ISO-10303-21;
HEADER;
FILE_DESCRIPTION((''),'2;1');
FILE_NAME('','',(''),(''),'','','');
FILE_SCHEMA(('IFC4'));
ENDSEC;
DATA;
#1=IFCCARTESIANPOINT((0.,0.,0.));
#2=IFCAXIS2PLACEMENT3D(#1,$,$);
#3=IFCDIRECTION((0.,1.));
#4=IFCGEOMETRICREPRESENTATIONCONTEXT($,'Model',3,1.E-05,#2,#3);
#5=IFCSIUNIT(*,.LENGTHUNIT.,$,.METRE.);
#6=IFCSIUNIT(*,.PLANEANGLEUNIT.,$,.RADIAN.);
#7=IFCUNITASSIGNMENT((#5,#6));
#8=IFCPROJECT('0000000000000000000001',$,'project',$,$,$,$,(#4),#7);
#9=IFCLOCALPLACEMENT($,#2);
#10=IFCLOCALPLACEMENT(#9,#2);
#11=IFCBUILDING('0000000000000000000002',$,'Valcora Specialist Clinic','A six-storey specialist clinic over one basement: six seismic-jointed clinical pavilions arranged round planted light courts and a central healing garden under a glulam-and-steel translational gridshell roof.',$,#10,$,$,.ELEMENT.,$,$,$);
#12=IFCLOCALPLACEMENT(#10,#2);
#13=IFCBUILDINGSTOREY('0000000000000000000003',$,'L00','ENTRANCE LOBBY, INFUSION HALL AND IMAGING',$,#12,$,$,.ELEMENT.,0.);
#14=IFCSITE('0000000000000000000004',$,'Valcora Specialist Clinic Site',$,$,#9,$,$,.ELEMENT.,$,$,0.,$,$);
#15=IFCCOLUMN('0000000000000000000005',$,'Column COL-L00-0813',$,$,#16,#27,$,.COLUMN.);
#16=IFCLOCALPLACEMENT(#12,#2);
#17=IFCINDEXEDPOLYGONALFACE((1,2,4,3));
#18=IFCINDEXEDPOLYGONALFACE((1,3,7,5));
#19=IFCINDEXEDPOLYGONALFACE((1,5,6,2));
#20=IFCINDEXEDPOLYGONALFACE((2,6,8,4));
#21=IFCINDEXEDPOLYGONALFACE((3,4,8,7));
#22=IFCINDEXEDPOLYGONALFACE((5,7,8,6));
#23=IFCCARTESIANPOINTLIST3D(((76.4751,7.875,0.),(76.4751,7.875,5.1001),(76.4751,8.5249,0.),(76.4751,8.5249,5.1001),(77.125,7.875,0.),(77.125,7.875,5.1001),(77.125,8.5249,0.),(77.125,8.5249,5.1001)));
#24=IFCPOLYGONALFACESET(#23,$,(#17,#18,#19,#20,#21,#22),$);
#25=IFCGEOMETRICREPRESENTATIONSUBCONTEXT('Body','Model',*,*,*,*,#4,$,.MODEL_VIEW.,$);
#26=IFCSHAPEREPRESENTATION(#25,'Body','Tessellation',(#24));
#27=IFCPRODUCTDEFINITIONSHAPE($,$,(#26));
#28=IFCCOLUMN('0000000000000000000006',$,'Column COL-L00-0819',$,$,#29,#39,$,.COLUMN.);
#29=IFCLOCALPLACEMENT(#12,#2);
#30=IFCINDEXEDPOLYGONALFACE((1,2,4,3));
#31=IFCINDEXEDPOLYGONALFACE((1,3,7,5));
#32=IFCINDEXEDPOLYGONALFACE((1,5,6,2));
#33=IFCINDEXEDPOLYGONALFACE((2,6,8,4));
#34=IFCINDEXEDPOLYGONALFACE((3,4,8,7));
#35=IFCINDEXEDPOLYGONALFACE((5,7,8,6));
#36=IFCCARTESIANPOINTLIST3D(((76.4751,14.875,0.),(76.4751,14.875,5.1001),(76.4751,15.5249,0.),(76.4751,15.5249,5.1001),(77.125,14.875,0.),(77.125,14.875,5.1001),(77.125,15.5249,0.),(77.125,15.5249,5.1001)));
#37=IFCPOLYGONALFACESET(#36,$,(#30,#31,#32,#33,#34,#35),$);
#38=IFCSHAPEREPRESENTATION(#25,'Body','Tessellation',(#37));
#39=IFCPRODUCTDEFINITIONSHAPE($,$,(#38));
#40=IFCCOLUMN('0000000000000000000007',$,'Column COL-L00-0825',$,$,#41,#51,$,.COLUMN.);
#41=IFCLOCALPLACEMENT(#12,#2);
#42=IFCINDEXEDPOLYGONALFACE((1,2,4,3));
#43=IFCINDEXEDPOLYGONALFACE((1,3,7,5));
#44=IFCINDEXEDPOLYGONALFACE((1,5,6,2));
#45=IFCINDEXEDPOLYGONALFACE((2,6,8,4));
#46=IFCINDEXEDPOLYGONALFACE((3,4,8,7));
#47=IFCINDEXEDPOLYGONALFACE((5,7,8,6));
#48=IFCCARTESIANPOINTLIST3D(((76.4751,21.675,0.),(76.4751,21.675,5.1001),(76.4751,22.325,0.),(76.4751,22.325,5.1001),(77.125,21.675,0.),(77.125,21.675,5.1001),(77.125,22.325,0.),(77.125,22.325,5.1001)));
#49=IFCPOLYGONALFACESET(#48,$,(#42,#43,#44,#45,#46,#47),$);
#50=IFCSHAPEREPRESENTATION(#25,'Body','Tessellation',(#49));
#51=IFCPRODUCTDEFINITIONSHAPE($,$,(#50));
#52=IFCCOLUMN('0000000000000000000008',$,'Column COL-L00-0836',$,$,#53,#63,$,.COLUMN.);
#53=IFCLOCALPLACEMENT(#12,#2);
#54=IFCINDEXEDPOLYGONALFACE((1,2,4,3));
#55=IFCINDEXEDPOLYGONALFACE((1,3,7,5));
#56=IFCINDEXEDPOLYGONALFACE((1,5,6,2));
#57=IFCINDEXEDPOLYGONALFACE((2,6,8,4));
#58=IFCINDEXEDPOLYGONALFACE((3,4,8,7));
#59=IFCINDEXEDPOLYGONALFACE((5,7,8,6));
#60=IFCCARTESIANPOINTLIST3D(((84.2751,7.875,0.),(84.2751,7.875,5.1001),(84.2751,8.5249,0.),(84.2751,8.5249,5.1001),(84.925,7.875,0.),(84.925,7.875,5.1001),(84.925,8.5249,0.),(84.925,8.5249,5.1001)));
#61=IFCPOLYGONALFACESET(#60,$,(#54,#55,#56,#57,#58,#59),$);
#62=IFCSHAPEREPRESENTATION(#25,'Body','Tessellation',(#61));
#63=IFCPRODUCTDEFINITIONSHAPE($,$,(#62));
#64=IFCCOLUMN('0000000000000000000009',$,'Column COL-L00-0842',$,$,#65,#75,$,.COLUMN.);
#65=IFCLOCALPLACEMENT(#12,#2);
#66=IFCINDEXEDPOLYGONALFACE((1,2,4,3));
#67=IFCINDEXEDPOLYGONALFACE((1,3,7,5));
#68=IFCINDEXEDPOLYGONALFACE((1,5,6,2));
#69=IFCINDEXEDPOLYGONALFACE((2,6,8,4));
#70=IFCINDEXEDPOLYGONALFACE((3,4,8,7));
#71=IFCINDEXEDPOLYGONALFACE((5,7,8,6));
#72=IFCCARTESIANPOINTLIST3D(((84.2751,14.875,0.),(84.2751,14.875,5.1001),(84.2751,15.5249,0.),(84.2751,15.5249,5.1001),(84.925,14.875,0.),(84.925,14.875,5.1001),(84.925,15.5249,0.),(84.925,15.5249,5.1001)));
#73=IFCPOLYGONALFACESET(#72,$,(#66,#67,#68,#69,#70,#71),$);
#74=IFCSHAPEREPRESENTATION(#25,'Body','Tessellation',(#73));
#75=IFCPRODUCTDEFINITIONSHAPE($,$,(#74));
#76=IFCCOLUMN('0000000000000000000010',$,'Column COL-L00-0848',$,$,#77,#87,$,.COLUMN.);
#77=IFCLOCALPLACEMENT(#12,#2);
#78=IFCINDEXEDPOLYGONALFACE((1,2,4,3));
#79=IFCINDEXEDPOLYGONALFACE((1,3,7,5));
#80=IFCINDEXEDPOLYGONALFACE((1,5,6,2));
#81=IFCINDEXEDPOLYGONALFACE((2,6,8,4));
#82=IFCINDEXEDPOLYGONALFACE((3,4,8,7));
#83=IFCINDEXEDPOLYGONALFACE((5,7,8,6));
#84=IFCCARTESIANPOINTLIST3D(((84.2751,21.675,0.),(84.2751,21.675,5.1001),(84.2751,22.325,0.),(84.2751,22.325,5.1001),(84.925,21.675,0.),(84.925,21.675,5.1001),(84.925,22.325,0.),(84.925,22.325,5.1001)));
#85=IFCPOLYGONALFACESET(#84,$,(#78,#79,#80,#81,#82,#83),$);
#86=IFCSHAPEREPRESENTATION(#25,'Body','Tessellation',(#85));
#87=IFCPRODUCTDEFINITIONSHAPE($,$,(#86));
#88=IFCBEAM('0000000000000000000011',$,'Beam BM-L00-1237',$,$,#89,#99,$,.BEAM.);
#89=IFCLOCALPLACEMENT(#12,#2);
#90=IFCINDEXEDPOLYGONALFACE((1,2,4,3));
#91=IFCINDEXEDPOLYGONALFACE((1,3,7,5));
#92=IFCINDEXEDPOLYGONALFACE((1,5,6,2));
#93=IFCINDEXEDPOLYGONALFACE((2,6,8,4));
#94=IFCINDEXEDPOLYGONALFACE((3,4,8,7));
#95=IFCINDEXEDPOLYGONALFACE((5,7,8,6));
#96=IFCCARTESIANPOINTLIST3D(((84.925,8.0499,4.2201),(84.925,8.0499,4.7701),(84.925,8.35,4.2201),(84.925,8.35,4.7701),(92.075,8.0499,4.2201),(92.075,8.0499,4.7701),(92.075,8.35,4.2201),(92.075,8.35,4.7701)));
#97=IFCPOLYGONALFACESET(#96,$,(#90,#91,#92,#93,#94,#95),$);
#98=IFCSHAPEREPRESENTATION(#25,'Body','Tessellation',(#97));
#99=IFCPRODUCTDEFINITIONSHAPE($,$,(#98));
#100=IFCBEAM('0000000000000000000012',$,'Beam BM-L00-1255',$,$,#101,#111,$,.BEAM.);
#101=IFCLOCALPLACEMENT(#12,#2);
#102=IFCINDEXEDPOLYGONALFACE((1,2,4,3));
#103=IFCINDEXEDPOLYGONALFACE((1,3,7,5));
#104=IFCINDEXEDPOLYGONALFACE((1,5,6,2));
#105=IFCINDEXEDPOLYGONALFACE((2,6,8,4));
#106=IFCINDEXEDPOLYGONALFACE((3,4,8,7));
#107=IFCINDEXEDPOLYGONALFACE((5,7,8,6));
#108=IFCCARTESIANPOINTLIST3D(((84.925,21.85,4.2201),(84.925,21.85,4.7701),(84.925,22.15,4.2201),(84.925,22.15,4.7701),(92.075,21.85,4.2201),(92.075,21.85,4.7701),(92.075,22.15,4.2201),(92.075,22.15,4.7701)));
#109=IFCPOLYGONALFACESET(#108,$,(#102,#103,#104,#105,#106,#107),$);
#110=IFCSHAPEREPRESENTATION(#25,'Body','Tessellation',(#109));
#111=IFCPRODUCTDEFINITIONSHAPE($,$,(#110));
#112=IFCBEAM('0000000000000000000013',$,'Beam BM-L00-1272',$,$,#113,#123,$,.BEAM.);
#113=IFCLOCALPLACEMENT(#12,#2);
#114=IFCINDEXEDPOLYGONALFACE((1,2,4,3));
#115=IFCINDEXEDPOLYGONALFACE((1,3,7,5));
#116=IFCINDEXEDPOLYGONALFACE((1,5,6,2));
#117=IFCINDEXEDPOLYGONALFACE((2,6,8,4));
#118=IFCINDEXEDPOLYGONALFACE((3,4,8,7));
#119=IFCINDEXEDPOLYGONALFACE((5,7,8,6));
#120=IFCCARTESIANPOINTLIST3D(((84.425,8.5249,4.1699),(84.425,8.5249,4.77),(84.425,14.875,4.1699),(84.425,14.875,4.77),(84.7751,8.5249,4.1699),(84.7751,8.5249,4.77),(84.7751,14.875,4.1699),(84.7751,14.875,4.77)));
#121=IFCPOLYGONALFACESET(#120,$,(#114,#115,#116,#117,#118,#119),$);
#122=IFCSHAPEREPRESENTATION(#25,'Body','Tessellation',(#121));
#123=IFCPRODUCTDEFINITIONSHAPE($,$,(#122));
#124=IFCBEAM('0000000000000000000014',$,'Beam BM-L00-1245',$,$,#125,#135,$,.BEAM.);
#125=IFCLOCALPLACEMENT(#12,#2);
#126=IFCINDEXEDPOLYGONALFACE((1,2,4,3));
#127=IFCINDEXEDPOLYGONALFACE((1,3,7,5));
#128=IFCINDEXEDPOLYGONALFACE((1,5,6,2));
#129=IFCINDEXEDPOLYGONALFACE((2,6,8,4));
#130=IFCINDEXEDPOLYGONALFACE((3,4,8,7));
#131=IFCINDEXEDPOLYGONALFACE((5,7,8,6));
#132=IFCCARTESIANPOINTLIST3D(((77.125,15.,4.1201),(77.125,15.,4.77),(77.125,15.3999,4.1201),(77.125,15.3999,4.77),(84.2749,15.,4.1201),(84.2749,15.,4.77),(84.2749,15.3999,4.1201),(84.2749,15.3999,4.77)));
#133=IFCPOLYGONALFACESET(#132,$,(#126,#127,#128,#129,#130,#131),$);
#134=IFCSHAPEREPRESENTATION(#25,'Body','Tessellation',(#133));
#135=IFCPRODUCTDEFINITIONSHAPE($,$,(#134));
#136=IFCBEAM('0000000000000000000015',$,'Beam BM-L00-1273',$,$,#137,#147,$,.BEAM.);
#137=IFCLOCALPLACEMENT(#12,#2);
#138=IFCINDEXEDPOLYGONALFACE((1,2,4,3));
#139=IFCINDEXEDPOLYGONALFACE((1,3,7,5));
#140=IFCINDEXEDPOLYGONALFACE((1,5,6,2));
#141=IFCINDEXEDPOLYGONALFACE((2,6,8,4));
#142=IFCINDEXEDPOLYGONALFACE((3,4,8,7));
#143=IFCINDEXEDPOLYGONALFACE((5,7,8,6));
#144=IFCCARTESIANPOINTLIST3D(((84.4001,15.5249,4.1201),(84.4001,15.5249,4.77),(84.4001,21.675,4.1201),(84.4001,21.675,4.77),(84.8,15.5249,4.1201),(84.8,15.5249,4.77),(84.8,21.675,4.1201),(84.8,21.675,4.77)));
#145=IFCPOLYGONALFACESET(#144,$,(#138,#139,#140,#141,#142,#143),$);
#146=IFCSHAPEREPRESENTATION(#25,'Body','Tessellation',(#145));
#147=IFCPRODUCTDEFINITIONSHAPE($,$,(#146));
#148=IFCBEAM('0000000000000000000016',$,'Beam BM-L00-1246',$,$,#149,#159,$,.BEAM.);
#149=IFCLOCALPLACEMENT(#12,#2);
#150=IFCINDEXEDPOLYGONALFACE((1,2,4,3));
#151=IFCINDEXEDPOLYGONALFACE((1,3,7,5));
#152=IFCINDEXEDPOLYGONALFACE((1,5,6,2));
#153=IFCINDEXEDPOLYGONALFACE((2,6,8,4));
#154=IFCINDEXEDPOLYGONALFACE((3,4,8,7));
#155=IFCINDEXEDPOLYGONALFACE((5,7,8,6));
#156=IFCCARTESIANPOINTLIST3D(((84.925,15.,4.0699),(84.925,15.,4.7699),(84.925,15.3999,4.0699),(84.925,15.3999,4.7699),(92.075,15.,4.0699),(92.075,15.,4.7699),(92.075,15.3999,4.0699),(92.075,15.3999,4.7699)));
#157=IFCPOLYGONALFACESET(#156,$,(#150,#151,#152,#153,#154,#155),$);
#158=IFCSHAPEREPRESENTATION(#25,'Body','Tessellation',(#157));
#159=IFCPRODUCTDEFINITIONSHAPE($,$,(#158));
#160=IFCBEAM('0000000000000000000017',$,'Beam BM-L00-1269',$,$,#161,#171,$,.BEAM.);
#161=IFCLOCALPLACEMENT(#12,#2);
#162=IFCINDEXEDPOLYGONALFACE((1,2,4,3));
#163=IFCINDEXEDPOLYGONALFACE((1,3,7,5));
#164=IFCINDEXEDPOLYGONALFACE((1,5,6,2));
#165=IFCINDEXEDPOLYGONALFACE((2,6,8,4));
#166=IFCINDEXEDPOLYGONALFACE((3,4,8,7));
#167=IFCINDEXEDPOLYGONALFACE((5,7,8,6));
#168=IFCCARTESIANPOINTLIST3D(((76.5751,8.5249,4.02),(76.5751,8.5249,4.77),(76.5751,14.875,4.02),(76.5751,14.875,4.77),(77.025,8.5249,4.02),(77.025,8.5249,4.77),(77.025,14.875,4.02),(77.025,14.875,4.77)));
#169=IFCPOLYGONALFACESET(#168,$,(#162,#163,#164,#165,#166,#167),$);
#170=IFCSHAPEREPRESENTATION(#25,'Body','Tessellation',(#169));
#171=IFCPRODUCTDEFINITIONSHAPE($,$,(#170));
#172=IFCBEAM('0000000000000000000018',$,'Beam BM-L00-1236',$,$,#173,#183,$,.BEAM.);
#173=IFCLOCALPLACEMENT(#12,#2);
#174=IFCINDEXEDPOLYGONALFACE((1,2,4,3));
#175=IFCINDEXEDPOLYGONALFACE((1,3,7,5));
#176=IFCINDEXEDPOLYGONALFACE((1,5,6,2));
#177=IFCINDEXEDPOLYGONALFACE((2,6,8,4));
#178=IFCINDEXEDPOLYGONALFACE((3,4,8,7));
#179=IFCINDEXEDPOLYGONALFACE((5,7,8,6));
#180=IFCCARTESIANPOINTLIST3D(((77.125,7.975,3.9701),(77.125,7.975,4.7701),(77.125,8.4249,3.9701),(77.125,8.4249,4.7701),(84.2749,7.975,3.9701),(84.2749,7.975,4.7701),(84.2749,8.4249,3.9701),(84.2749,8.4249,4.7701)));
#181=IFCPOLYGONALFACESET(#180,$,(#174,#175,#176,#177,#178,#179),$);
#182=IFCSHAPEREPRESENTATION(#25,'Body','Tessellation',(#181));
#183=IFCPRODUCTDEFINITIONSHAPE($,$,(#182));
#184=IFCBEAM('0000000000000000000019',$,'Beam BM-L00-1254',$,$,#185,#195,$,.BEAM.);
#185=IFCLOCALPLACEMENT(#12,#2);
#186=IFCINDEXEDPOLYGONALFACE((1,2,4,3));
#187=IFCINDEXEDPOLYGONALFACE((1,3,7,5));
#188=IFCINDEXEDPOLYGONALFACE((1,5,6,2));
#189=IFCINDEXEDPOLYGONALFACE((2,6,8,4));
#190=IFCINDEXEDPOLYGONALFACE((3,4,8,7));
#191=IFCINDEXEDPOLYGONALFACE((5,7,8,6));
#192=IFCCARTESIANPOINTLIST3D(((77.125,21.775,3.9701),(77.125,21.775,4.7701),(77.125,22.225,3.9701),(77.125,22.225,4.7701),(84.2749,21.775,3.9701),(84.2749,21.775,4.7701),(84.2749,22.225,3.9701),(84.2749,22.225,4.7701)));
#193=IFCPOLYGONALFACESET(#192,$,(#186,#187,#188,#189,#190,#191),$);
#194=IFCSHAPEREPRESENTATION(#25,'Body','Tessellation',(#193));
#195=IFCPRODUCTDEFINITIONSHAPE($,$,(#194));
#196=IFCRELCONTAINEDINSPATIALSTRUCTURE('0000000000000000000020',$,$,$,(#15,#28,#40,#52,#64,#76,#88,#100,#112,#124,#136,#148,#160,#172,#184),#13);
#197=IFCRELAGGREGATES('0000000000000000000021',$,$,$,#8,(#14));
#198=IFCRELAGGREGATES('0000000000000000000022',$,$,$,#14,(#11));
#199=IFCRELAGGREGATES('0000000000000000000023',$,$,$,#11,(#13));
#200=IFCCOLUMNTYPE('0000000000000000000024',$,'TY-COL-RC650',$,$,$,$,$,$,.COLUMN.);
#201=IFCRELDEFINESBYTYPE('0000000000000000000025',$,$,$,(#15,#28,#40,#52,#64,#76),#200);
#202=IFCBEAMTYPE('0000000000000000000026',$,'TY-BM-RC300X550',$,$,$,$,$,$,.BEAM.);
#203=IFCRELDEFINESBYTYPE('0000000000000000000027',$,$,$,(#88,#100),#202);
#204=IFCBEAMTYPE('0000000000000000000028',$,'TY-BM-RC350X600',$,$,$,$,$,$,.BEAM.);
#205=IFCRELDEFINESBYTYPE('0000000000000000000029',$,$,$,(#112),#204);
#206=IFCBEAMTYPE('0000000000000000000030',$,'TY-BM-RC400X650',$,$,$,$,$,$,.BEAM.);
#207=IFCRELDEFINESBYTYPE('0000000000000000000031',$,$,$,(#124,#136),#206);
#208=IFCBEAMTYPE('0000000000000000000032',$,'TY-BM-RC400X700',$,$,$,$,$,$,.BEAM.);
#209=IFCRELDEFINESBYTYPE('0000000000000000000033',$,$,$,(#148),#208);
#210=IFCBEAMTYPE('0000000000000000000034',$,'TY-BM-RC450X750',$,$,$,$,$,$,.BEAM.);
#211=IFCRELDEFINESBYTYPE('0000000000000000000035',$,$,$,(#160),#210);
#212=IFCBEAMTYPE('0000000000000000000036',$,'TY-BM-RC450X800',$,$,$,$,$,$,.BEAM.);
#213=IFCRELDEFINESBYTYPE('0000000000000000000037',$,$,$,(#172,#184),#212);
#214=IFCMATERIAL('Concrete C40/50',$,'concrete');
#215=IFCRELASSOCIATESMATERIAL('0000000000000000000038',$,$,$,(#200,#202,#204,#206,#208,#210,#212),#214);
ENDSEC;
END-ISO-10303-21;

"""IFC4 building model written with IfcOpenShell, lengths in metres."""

from ifc_helpers import new_model, si_unit, direction, frame, origin, origin_2d, place, context, subcontext, project, spatial, rectangle, extrude, material, material_profile, profile_set, type_object, element, save


model = new_model("IFC4")

# Units and contexts
model_context = context("Model", 3, precision=1e-05, world=origin(), true_north=direction((0.0, 1.0)))
body_context = subcontext(model_context, "Body", "Model", "MODEL_VIEW")
ifc_project = project(units=[si_unit("LENGTHUNIT", "METRE"), si_unit("PLANEANGLEUNIT", "RADIAN")], contexts=[model_context])

# Site, building, storey
site_placement = place(None, origin())
site = spatial("IfcSite", under=ifc_project, at=site_placement, Name="Valcora Specialist Clinic Site", CompositionType="ELEMENT", RefElevation=0.0)
building_placement = place(site_placement, origin())
building = spatial("IfcBuilding", under=site, at=building_placement, Name="Valcora Specialist Clinic", Description="A six-storey specialist clinic over one basement: six seismic-jointed clinical pavilions arranged round planted light courts and a central healing garden under a glulam-and-steel translational gridshell roof.", CompositionType="ELEMENT")
storey_placement = place(building_placement, origin())
storey = spatial("IfcBuildingStorey", under=building, at=storey_placement, Name="L00", Description="ENTRANCE LOBBY, INFUSION HALL AND IMAGING", CompositionType="ELEMENT", Elevation=0.0)

# Columns
ifc_material_1 = material(Name="Concrete C40/50", Category="concrete")
ifc_material_profile_1 = material_profile(ifc_material_1, rectangle(XDim=0.6499, YDim=0.6499, at=origin_2d()), Name="RC-COL-650X650")
ifc_profile_set_1 = profile_set([ifc_material_profile_1], Name="Concrete C40/50")
column_type = type_object("IfcColumnType", Name="TY-COL-RC650", PredefinedType="COLUMN", material=ifc_profile_set_1)
for number, where, z_axis, x_axis, name in (
    (1, (76.8, 8.2, 0.0), (0.0, 0.0, 1.0), (1.0, 0.0, 0.0), "Column COL-L00-0813"),
    (2, (76.8, 15.2, 0.0), (0.0, 0.0, 1.0), (1.0, 0.0, 0.0), "Column COL-L00-0819"),
    (3, (76.8, 22.0, 0.0), (0.0, 0.0, 1.0), (1.0, 0.0, 0.0), "Column COL-L00-0825"),
    (4, (84.6001, 8.2, 0.0), (0.0, 0.0, 1.0), (1.0, 0.0, 0.0), "Column COL-L00-0836"),
    (5, (84.6001, 15.2, 0.0), (0.0, 0.0, 1.0), (1.0, 0.0, 0.0), "Column COL-L00-0842"),
    (6, (84.6001, 22.0, 0.0), (0.0, 0.0, 1.0), (1.0, 0.0, 0.0), "Column COL-L00-0848"),
):
    element("IfcColumn", number, at=place(storey_placement, frame(where, z_axis=z_axis, x_axis=x_axis)), inside=storey, type_object=column_type, Name=name, PredefinedType="COLUMN", context=body_context, shape_type="SweptSolid", body=[
        extrude(rectangle(XDim=0.6499, YDim=0.6499, at=origin_2d()), origin(), (0.0, 0.0, 1.0), 5.1001),
    ])

# Beams
ifc_material_profile_2 = material_profile(ifc_material_1, rectangle(XDim=0.3, YDim=0.55, at=origin_2d()), Name="RC-BM-300X550")
ifc_profile_set_2 = profile_set([ifc_material_profile_2], Name="Concrete C40/50")
beam_type_1 = type_object("IfcBeamType", Name="TY-BM-RC300X550", PredefinedType="BEAM", material=ifc_profile_set_2)
for number, where, z_axis, x_axis, name in (
    (7, (84.925, 8.2, 4.4951), (1.0, 0.0, 0.0), (0.0, 1.0, 0.0), "Beam BM-L00-1237"),
    (8, (84.925, 22.0, 4.4951), (1.0, 0.0, 0.0), (0.0, 1.0, 0.0), "Beam BM-L00-1255"),
):
    element("IfcBeam", number, at=place(storey_placement, frame(where, z_axis=z_axis, x_axis=x_axis)), inside=storey, type_object=beam_type_1, Name=name, PredefinedType="BEAM", context=body_context, shape_type="SweptSolid", body=[
        extrude(rectangle(XDim=0.3, YDim=0.55, at=origin_2d()), origin(), (0.0, 0.0, 1.0), 7.1499),
    ])
ifc_material_profile_3 = material_profile(ifc_material_1, rectangle(XDim=0.3501, YDim=0.6001, at=origin_2d()), Name="RC-BM-350X600")
ifc_profile_set_3 = profile_set([ifc_material_profile_3], Name="Concrete C40/50")
beam_type_2 = type_object("IfcBeamType", Name="TY-BM-RC350X600", PredefinedType="BEAM", material=ifc_profile_set_3)
beam_1_placement = place(storey_placement, frame((84.6001, 8.5249, 4.47), z_axis=(0.0, 1.0, 0.0), x_axis=(-1.0, 0.0, 0.0)))
element("IfcBeam", 9, at=beam_1_placement, inside=storey, type_object=beam_type_2, Name="Beam BM-L00-1272", PredefinedType="BEAM", context=body_context, shape_type="SweptSolid", body=[
    extrude(rectangle(XDim=0.3501, YDim=0.6001, at=origin_2d()), origin(), (0.0, 0.0, 1.0), 6.3501),
])
ifc_material_profile_4 = material_profile(ifc_material_1, rectangle(XDim=0.3999, YDim=0.6499, at=origin_2d()), Name="RC-BM-400X650")
ifc_profile_set_4 = profile_set([ifc_material_profile_4], Name="Concrete C40/50")
beam_type_3 = type_object("IfcBeamType", Name="TY-BM-RC400X650", PredefinedType="BEAM", material=ifc_profile_set_4)
beam_2_placement = place(storey_placement, frame((77.125, 15.2, 4.4451), z_axis=(1.0, 0.0, 0.0), x_axis=(0.0, 1.0, 0.0)))
element("IfcBeam", 10, at=beam_2_placement, inside=storey, type_object=beam_type_3, Name="Beam BM-L00-1245", PredefinedType="BEAM", context=body_context, shape_type="SweptSolid", body=[
    extrude(rectangle(XDim=0.3999, YDim=0.6499, at=origin_2d()), origin(), (0.0, 0.0, 1.0), 7.1499),
])
beam_3_placement = place(storey_placement, frame((84.6001, 15.5249, 4.4451), z_axis=(0.0, 1.0, 0.0), x_axis=(-1.0, 0.0, 0.0)))
element("IfcBeam", 11, at=beam_3_placement, inside=storey, type_object=beam_type_3, Name="Beam BM-L00-1273", PredefinedType="BEAM", context=body_context, shape_type="SweptSolid", body=[
    extrude(rectangle(XDim=0.3999, YDim=0.6499, at=origin_2d()), origin(), (0.0, 0.0, 1.0), 6.1501),
])
ifc_material_profile_5 = material_profile(ifc_material_1, rectangle(XDim=0.3999, YDim=0.7, at=origin_2d()), Name="RC-BM-400X700")
ifc_profile_set_5 = profile_set([ifc_material_profile_5], Name="Concrete C40/50")
beam_type_4 = type_object("IfcBeamType", Name="TY-BM-RC400X700", PredefinedType="BEAM", material=ifc_profile_set_5)
beam_4_placement = place(storey_placement, frame((84.925, 15.2, 4.4199), z_axis=(1.0, 0.0, 0.0), x_axis=(0.0, 1.0, 0.0)))
element("IfcBeam", 12, at=beam_4_placement, inside=storey, type_object=beam_type_4, Name="Beam BM-L00-1246", PredefinedType="BEAM", context=body_context, shape_type="SweptSolid", body=[
    extrude(rectangle(XDim=0.3999, YDim=0.7, at=origin_2d()), origin(), (0.0, 0.0, 1.0), 7.1499),
])
ifc_material_profile_6 = material_profile(ifc_material_1, rectangle(XDim=0.45, YDim=0.75, at=origin_2d()), Name="RC-BM-450X750")
ifc_profile_set_6 = profile_set([ifc_material_profile_6], Name="Concrete C40/50")
beam_type_5 = type_object("IfcBeamType", Name="TY-BM-RC450X750", PredefinedType="BEAM", material=ifc_profile_set_6)
beam_5_placement = place(storey_placement, frame((76.8, 8.5249, 4.395), z_axis=(0.0, 1.0, 0.0), x_axis=(-1.0, 0.0, 0.0)))
element("IfcBeam", 13, at=beam_5_placement, inside=storey, type_object=beam_type_5, Name="Beam BM-L00-1269", PredefinedType="BEAM", context=body_context, shape_type="SweptSolid", body=[
    extrude(rectangle(XDim=0.45, YDim=0.75, at=origin_2d()), origin(), (0.0, 0.0, 1.0), 6.3501),
])
ifc_material_profile_7 = material_profile(ifc_material_1, rectangle(XDim=0.45, YDim=0.8, at=origin_2d()), Name="RC-BM-450X800")
ifc_profile_set_7 = profile_set([ifc_material_profile_7], Name="Concrete C40/50")
beam_type_6 = type_object("IfcBeamType", Name="TY-BM-RC450X800", PredefinedType="BEAM", material=ifc_profile_set_7)
for number, where, z_axis, x_axis, name in (
    (14, (77.125, 8.2, 4.3701), (1.0, 0.0, 0.0), (0.0, 1.0, 0.0), "Beam BM-L00-1236"),
    (15, (77.125, 22.0, 4.3701), (1.0, 0.0, 0.0), (0.0, 1.0, 0.0), "Beam BM-L00-1254"),
):
    element("IfcBeam", number, at=place(storey_placement, frame(where, z_axis=z_axis, x_axis=x_axis)), inside=storey, type_object=beam_type_6, Name=name, PredefinedType="BEAM", context=body_context, shape_type="SweptSolid", body=[
        extrude(rectangle(XDim=0.45, YDim=0.8, at=origin_2d()), origin(), (0.0, 0.0, 1.0), 7.1499),
    ])

save(model, "model.ifc")
